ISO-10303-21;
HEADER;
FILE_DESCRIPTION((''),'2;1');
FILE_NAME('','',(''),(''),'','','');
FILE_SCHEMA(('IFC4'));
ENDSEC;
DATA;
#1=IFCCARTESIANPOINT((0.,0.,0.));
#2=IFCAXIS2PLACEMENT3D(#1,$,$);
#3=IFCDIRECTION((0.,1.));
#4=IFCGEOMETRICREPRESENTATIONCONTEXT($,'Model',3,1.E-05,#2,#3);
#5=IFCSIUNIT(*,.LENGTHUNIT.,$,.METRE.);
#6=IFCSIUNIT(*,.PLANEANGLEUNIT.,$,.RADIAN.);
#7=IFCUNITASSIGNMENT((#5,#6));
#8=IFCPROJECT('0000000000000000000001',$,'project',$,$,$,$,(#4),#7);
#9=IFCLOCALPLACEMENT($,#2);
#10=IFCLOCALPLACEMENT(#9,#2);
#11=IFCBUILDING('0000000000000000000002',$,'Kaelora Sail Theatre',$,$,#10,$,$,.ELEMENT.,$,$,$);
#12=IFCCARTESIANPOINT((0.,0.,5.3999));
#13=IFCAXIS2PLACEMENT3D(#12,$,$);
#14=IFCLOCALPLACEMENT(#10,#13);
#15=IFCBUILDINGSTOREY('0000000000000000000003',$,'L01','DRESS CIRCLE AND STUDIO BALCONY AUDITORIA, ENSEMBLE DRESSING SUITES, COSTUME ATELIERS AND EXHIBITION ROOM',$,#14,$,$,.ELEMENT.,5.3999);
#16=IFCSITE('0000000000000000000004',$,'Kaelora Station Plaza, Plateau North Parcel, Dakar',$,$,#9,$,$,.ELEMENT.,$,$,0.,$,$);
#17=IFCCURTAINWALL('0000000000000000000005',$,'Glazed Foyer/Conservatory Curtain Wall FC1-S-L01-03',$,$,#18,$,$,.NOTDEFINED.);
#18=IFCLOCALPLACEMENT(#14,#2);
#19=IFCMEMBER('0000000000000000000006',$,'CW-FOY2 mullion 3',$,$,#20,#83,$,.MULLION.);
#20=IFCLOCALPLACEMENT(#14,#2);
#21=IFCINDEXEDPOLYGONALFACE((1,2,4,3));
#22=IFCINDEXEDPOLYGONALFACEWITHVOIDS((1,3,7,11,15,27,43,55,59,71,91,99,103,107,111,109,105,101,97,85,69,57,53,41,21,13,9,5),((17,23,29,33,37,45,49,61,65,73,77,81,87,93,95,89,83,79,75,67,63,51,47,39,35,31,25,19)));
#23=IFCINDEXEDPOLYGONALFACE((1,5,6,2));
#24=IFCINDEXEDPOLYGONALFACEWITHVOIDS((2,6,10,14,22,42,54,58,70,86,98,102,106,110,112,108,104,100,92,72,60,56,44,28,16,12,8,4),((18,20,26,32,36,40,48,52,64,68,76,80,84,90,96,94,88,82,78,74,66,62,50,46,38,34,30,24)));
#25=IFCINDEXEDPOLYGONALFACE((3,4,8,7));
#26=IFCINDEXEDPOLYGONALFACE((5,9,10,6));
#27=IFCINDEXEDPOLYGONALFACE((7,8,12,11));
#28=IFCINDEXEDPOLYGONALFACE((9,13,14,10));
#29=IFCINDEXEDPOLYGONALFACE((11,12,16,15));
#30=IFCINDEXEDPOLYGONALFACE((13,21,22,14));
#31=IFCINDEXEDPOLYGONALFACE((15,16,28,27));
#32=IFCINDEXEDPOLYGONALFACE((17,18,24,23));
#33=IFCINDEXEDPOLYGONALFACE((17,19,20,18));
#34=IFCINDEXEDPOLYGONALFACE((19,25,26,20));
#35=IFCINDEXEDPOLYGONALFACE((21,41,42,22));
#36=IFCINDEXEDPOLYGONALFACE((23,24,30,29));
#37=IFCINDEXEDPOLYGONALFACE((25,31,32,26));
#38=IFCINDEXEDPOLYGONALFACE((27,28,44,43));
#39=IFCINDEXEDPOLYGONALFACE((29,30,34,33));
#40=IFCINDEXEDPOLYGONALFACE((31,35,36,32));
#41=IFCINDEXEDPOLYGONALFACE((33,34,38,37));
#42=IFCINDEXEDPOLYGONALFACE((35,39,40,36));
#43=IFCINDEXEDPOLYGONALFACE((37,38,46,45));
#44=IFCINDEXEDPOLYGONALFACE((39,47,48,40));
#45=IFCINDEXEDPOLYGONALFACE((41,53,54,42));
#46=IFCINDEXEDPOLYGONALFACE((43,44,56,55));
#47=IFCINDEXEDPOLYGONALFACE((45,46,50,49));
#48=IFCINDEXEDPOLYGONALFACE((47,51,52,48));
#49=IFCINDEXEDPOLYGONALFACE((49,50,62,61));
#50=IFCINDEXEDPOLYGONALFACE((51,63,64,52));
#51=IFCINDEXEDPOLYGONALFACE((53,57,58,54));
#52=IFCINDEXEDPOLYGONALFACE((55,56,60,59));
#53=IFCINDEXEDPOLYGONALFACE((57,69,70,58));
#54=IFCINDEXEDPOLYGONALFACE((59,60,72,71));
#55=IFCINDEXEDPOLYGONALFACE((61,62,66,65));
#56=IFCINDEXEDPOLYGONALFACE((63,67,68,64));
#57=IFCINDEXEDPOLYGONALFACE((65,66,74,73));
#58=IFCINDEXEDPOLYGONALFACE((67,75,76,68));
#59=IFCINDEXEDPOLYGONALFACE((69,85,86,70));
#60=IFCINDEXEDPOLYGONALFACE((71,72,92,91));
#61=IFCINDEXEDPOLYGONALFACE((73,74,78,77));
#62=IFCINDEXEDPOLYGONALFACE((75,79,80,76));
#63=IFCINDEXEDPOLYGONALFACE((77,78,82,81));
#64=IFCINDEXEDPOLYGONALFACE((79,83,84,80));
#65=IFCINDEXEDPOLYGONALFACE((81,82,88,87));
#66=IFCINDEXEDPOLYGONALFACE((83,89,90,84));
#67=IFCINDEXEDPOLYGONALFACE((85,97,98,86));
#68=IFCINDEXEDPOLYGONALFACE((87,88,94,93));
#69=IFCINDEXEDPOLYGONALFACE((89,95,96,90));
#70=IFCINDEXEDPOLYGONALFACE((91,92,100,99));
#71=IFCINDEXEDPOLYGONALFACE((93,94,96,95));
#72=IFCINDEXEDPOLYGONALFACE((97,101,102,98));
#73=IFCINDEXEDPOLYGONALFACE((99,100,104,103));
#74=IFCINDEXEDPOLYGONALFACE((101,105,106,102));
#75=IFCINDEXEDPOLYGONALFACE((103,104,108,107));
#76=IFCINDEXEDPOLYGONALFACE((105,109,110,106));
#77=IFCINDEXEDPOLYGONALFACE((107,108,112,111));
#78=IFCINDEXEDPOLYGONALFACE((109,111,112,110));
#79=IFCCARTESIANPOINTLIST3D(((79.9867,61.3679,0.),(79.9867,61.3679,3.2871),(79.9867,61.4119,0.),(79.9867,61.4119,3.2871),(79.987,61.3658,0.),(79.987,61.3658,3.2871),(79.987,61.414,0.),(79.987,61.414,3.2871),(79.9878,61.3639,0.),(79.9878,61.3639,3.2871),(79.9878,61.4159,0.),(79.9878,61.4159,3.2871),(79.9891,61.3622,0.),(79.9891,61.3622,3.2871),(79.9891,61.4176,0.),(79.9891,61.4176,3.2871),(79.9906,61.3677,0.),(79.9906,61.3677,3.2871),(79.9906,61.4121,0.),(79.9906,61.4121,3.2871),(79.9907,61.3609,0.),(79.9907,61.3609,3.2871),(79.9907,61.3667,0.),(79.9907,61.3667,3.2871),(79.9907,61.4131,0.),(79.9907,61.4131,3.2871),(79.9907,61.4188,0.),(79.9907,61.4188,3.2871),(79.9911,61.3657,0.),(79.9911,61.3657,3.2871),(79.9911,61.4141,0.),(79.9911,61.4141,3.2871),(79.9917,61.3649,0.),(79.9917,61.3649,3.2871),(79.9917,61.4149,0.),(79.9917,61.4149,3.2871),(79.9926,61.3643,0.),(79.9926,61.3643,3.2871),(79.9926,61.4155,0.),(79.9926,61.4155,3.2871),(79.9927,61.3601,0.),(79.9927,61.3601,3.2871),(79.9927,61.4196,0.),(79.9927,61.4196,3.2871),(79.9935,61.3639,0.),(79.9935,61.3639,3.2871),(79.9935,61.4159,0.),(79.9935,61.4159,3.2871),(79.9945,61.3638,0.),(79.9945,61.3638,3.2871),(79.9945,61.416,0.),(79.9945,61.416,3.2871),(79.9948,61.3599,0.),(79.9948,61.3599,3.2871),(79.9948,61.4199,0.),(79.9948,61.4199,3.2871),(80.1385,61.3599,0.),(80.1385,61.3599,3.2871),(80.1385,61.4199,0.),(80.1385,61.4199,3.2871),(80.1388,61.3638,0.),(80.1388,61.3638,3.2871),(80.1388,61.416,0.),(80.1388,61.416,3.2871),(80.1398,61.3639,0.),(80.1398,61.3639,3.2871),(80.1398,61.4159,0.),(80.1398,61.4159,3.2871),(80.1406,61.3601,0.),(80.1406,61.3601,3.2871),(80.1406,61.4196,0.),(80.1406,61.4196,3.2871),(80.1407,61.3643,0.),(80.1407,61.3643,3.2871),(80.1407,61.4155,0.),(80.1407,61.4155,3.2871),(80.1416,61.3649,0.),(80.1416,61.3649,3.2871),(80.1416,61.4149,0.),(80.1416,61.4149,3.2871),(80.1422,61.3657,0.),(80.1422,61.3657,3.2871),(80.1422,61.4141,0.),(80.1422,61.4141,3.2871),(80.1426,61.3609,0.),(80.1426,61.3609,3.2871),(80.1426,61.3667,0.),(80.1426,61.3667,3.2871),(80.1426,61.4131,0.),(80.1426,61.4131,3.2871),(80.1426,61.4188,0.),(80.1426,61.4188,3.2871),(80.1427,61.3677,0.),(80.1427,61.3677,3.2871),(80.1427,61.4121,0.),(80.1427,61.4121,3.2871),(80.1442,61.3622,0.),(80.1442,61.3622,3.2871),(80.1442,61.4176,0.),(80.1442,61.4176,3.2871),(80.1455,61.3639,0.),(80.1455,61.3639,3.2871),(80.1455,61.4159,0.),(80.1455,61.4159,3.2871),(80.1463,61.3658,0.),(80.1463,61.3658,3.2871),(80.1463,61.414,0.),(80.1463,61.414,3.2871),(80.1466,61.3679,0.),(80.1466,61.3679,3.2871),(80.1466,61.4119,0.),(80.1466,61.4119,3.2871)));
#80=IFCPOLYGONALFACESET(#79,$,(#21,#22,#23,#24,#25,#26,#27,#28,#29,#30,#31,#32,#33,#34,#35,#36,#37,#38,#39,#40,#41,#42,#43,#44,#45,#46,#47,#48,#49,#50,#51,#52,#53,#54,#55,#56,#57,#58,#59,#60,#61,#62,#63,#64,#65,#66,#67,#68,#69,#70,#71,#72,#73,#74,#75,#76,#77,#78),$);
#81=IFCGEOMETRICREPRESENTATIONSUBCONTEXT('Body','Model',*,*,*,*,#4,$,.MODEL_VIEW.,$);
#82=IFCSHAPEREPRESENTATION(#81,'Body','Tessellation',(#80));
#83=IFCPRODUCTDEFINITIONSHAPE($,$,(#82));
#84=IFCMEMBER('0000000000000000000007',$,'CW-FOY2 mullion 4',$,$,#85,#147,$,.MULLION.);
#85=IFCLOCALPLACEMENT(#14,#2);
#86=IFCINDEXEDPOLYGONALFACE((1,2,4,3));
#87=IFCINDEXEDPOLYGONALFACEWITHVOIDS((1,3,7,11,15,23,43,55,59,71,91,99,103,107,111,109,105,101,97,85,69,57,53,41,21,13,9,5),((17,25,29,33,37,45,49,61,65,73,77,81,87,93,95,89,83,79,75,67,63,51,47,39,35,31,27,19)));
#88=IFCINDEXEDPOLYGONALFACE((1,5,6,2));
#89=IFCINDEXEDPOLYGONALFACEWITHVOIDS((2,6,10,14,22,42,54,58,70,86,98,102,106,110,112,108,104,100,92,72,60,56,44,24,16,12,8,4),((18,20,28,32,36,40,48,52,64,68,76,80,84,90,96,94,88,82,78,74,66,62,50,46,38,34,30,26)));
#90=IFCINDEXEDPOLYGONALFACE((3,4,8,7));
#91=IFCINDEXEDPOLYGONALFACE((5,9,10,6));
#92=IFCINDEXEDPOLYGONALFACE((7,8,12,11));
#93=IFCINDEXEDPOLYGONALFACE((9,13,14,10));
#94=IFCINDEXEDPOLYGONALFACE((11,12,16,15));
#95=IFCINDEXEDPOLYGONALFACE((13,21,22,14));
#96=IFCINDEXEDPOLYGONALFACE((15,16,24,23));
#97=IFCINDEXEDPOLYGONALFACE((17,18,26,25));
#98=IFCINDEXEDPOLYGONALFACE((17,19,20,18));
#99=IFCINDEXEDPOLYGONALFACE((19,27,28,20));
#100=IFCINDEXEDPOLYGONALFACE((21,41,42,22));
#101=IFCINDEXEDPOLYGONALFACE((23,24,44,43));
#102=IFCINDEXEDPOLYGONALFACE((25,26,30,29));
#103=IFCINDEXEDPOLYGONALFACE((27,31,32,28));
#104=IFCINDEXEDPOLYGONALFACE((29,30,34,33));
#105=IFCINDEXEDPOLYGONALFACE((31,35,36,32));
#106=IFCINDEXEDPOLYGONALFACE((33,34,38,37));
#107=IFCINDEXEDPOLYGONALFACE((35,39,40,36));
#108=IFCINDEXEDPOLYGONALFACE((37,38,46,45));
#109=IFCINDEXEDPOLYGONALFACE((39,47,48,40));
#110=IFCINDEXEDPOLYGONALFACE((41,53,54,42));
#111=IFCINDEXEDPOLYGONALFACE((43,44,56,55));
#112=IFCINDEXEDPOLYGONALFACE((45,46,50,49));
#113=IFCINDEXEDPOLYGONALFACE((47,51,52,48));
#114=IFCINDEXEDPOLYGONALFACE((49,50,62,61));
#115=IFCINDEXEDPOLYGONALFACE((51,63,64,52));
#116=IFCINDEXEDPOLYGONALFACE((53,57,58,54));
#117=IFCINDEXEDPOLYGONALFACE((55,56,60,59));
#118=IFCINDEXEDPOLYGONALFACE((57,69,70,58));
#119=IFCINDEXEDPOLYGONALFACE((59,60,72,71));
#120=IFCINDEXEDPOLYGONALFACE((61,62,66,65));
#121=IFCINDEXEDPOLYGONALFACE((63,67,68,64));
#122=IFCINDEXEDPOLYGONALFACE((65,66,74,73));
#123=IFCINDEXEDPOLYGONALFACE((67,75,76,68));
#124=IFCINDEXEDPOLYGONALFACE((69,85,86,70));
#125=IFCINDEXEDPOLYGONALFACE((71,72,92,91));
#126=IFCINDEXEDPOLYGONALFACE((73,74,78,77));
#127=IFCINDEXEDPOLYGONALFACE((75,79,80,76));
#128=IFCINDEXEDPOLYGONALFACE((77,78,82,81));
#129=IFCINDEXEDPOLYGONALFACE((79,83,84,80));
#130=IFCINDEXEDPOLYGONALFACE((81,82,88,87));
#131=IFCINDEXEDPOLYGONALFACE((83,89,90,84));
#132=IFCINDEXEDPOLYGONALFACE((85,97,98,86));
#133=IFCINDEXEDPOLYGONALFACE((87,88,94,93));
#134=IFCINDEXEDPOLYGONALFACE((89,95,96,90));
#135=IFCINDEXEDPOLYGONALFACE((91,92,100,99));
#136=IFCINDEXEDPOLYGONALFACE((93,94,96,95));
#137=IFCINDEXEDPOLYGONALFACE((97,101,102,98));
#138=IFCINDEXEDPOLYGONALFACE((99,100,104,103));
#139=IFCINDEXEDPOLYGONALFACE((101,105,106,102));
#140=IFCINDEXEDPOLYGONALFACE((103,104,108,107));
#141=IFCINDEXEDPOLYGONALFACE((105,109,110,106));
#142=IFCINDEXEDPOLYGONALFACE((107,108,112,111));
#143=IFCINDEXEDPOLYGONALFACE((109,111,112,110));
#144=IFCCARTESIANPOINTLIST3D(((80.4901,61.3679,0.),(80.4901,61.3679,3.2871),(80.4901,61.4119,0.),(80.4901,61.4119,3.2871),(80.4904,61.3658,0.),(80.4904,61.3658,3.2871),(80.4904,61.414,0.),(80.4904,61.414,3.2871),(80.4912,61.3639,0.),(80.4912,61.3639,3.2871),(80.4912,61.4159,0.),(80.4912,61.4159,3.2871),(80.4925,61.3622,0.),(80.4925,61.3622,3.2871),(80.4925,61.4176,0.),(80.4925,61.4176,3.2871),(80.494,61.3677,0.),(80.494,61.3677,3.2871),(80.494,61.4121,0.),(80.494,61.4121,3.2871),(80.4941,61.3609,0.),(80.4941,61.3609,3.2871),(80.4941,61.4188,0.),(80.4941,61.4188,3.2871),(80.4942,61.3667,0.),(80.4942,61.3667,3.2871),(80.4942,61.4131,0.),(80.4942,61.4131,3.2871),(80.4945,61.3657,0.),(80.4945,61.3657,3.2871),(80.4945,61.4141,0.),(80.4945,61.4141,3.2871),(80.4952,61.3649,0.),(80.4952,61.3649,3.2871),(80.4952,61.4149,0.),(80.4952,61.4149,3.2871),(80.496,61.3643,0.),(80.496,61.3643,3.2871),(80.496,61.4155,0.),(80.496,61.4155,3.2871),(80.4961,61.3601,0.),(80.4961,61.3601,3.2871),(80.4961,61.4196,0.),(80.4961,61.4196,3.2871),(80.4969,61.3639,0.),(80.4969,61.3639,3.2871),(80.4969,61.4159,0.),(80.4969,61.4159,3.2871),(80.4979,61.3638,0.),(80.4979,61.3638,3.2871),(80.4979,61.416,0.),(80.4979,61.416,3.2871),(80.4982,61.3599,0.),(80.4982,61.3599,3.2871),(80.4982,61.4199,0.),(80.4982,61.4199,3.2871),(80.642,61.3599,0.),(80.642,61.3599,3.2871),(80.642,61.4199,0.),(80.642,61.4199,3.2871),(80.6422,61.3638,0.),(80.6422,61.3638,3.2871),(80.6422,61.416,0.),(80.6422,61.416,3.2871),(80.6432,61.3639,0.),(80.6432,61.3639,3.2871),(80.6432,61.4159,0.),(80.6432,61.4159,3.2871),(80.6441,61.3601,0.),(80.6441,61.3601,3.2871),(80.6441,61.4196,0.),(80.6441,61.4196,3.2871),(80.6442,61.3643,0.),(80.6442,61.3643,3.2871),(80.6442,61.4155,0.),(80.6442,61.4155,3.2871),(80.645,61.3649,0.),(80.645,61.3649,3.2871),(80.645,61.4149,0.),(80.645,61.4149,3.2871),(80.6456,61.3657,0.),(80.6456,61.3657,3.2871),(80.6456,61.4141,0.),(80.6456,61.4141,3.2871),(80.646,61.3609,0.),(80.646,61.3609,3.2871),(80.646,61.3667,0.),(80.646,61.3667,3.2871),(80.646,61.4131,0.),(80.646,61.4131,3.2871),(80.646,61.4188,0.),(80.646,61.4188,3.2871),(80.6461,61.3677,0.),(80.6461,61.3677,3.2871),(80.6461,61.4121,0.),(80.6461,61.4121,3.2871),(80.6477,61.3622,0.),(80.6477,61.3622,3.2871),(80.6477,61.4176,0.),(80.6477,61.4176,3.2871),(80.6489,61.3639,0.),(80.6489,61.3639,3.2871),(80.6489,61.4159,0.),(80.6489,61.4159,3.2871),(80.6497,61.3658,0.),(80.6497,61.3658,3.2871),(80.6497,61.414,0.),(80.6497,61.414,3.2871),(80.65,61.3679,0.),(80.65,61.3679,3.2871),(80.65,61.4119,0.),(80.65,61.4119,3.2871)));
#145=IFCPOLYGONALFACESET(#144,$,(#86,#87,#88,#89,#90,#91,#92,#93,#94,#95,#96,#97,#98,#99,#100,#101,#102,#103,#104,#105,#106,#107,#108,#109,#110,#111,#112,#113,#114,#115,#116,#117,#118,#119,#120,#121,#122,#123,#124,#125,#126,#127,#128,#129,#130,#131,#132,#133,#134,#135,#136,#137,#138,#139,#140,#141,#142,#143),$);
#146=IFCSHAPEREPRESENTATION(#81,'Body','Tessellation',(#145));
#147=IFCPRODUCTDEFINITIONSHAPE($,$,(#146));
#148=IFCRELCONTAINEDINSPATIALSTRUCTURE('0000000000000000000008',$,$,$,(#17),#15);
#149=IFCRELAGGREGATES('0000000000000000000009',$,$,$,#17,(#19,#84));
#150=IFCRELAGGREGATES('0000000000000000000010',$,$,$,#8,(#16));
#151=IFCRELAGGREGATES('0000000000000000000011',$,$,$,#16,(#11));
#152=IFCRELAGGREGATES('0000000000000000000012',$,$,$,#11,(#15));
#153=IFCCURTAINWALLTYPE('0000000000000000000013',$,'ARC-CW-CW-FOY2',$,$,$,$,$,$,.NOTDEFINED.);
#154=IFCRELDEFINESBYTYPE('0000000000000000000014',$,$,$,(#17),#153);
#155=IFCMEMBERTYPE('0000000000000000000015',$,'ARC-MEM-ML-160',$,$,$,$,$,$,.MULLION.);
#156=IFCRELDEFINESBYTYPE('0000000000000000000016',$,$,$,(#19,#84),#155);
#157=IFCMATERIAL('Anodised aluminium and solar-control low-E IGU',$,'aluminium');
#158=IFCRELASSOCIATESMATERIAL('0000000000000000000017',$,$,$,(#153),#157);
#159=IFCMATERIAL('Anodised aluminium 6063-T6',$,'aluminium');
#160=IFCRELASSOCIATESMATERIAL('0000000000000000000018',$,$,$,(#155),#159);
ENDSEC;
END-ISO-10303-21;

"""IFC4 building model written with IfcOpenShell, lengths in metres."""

from ifc_helpers import new_model, si_unit, direction, frame, origin, origin_2d, place, context, subcontext, project, spatial, hollow_rectangle, extrude, material, material_profile, profile_set, type_object, element, aggregate, save


model = new_model("IFC4")

# Units and contexts
model_context = context("Model", 3, precision=1e-05, world=origin(), true_north=direction((0.0, 1.0)))
body_context = subcontext(model_context, "Body", "Model", "MODEL_VIEW")
ifc_project = project(units=[si_unit("LENGTHUNIT", "METRE"), si_unit("PLANEANGLEUNIT", "RADIAN")], contexts=[model_context])

# Site, building, storey
site_placement = place(None, origin())
site = spatial("IfcSite", under=ifc_project, at=site_placement, Name="Kaelora Station Plaza, Plateau North Parcel, Dakar", CompositionType="ELEMENT", RefElevation=0.0)
building_placement = place(site_placement, origin())
building = spatial("IfcBuilding", under=site, at=building_placement, Name="Kaelora Sail Theatre", CompositionType="ELEMENT")
storey_placement = place(building_placement, frame((0.0, 0.0, 5.3999)))
storey = spatial("IfcBuildingStorey", under=building, at=storey_placement, Name="L01", Description="DRESS CIRCLE AND STUDIO BALCONY AUDITORIA, ENSEMBLE DRESSING SUITES, COSTUME ATELIERS AND EXHIBITION ROOM", CompositionType="ELEMENT", Elevation=5.3999)

# Curtain wall, members
ifc_material_1 = material(Name="Anodised aluminium and solar-control low-E IGU", Category="aluminium")
curtain_wall_type = type_object("IfcCurtainWallType", Name="ARC-CW-CW-FOY2", PredefinedType="NOTDEFINED", material=ifc_material_1)
curtain_wall_1_placement = place(storey_placement, origin())
curtain_wall_1 = element("IfcCurtainWall", 1, at=curtain_wall_1_placement, inside=storey, type_object=curtain_wall_type, Name="Glazed Foyer/Conservatory Curtain Wall FC1-S-L01-03", PredefinedType="NOTDEFINED")
ifc_material_2 = material(Name="Anodised aluminium 6063-T6", Category="aluminium")
ifc_material_profile_1 = material_profile(ifc_material_2, hollow_rectangle(XDim=0.0601, YDim=0.1599, WallThickness=0.0039, InnerFilletRadius=0.0039, OuterFilletRadius=0.0081, at=origin_2d()), Name="ALU-MULL 60x160x4")
ifc_profile_set_1 = profile_set([ifc_material_profile_1], Name="Anodised aluminium 6063-T6")
member_type_1 = type_object("IfcMemberType", Name="ARC-MEM-ML-160", PredefinedType="MULLION", material=ifc_profile_set_1)
member_1_placement = place(storey_placement, frame((80.0667, 61.3899, 0.0), z_axis=(0.0, 0.0, 1.0), x_axis=(0.0, 1.0, 0.0)))
member_1 = element("IfcMember", 2, at=member_1_placement, type_object=member_type_1, Name="CW-FOY2 mullion 3", PredefinedType="MULLION", context=body_context, shape_type="SweptSolid", body=[
    extrude(hollow_rectangle(XDim=0.0601, YDim=0.1599, WallThickness=0.0039, InnerFilletRadius=0.0039, OuterFilletRadius=0.0081, at=origin_2d()), origin(), (0.0, 0.0, 1.0), 3.2871),
])
member_2_placement = place(storey_placement, frame((80.5701, 61.3899, 0.0), z_axis=(0.0, 0.0, 1.0), x_axis=(0.0, 1.0, 0.0)))
member_2 = element("IfcMember", 3, at=member_2_placement, type_object=member_type_1, Name="CW-FOY2 mullion 4", PredefinedType="MULLION", context=body_context, shape_type="SweptSolid", body=[
    extrude(hollow_rectangle(XDim=0.0601, YDim=0.1599, WallThickness=0.0039, InnerFilletRadius=0.0039, OuterFilletRadius=0.0081, at=origin_2d()), origin(), (0.0, 0.0, 1.0), 3.2871),
])

aggregate(curtain_wall_1, [member_1, member_2])

save(model, "model.ifc")
